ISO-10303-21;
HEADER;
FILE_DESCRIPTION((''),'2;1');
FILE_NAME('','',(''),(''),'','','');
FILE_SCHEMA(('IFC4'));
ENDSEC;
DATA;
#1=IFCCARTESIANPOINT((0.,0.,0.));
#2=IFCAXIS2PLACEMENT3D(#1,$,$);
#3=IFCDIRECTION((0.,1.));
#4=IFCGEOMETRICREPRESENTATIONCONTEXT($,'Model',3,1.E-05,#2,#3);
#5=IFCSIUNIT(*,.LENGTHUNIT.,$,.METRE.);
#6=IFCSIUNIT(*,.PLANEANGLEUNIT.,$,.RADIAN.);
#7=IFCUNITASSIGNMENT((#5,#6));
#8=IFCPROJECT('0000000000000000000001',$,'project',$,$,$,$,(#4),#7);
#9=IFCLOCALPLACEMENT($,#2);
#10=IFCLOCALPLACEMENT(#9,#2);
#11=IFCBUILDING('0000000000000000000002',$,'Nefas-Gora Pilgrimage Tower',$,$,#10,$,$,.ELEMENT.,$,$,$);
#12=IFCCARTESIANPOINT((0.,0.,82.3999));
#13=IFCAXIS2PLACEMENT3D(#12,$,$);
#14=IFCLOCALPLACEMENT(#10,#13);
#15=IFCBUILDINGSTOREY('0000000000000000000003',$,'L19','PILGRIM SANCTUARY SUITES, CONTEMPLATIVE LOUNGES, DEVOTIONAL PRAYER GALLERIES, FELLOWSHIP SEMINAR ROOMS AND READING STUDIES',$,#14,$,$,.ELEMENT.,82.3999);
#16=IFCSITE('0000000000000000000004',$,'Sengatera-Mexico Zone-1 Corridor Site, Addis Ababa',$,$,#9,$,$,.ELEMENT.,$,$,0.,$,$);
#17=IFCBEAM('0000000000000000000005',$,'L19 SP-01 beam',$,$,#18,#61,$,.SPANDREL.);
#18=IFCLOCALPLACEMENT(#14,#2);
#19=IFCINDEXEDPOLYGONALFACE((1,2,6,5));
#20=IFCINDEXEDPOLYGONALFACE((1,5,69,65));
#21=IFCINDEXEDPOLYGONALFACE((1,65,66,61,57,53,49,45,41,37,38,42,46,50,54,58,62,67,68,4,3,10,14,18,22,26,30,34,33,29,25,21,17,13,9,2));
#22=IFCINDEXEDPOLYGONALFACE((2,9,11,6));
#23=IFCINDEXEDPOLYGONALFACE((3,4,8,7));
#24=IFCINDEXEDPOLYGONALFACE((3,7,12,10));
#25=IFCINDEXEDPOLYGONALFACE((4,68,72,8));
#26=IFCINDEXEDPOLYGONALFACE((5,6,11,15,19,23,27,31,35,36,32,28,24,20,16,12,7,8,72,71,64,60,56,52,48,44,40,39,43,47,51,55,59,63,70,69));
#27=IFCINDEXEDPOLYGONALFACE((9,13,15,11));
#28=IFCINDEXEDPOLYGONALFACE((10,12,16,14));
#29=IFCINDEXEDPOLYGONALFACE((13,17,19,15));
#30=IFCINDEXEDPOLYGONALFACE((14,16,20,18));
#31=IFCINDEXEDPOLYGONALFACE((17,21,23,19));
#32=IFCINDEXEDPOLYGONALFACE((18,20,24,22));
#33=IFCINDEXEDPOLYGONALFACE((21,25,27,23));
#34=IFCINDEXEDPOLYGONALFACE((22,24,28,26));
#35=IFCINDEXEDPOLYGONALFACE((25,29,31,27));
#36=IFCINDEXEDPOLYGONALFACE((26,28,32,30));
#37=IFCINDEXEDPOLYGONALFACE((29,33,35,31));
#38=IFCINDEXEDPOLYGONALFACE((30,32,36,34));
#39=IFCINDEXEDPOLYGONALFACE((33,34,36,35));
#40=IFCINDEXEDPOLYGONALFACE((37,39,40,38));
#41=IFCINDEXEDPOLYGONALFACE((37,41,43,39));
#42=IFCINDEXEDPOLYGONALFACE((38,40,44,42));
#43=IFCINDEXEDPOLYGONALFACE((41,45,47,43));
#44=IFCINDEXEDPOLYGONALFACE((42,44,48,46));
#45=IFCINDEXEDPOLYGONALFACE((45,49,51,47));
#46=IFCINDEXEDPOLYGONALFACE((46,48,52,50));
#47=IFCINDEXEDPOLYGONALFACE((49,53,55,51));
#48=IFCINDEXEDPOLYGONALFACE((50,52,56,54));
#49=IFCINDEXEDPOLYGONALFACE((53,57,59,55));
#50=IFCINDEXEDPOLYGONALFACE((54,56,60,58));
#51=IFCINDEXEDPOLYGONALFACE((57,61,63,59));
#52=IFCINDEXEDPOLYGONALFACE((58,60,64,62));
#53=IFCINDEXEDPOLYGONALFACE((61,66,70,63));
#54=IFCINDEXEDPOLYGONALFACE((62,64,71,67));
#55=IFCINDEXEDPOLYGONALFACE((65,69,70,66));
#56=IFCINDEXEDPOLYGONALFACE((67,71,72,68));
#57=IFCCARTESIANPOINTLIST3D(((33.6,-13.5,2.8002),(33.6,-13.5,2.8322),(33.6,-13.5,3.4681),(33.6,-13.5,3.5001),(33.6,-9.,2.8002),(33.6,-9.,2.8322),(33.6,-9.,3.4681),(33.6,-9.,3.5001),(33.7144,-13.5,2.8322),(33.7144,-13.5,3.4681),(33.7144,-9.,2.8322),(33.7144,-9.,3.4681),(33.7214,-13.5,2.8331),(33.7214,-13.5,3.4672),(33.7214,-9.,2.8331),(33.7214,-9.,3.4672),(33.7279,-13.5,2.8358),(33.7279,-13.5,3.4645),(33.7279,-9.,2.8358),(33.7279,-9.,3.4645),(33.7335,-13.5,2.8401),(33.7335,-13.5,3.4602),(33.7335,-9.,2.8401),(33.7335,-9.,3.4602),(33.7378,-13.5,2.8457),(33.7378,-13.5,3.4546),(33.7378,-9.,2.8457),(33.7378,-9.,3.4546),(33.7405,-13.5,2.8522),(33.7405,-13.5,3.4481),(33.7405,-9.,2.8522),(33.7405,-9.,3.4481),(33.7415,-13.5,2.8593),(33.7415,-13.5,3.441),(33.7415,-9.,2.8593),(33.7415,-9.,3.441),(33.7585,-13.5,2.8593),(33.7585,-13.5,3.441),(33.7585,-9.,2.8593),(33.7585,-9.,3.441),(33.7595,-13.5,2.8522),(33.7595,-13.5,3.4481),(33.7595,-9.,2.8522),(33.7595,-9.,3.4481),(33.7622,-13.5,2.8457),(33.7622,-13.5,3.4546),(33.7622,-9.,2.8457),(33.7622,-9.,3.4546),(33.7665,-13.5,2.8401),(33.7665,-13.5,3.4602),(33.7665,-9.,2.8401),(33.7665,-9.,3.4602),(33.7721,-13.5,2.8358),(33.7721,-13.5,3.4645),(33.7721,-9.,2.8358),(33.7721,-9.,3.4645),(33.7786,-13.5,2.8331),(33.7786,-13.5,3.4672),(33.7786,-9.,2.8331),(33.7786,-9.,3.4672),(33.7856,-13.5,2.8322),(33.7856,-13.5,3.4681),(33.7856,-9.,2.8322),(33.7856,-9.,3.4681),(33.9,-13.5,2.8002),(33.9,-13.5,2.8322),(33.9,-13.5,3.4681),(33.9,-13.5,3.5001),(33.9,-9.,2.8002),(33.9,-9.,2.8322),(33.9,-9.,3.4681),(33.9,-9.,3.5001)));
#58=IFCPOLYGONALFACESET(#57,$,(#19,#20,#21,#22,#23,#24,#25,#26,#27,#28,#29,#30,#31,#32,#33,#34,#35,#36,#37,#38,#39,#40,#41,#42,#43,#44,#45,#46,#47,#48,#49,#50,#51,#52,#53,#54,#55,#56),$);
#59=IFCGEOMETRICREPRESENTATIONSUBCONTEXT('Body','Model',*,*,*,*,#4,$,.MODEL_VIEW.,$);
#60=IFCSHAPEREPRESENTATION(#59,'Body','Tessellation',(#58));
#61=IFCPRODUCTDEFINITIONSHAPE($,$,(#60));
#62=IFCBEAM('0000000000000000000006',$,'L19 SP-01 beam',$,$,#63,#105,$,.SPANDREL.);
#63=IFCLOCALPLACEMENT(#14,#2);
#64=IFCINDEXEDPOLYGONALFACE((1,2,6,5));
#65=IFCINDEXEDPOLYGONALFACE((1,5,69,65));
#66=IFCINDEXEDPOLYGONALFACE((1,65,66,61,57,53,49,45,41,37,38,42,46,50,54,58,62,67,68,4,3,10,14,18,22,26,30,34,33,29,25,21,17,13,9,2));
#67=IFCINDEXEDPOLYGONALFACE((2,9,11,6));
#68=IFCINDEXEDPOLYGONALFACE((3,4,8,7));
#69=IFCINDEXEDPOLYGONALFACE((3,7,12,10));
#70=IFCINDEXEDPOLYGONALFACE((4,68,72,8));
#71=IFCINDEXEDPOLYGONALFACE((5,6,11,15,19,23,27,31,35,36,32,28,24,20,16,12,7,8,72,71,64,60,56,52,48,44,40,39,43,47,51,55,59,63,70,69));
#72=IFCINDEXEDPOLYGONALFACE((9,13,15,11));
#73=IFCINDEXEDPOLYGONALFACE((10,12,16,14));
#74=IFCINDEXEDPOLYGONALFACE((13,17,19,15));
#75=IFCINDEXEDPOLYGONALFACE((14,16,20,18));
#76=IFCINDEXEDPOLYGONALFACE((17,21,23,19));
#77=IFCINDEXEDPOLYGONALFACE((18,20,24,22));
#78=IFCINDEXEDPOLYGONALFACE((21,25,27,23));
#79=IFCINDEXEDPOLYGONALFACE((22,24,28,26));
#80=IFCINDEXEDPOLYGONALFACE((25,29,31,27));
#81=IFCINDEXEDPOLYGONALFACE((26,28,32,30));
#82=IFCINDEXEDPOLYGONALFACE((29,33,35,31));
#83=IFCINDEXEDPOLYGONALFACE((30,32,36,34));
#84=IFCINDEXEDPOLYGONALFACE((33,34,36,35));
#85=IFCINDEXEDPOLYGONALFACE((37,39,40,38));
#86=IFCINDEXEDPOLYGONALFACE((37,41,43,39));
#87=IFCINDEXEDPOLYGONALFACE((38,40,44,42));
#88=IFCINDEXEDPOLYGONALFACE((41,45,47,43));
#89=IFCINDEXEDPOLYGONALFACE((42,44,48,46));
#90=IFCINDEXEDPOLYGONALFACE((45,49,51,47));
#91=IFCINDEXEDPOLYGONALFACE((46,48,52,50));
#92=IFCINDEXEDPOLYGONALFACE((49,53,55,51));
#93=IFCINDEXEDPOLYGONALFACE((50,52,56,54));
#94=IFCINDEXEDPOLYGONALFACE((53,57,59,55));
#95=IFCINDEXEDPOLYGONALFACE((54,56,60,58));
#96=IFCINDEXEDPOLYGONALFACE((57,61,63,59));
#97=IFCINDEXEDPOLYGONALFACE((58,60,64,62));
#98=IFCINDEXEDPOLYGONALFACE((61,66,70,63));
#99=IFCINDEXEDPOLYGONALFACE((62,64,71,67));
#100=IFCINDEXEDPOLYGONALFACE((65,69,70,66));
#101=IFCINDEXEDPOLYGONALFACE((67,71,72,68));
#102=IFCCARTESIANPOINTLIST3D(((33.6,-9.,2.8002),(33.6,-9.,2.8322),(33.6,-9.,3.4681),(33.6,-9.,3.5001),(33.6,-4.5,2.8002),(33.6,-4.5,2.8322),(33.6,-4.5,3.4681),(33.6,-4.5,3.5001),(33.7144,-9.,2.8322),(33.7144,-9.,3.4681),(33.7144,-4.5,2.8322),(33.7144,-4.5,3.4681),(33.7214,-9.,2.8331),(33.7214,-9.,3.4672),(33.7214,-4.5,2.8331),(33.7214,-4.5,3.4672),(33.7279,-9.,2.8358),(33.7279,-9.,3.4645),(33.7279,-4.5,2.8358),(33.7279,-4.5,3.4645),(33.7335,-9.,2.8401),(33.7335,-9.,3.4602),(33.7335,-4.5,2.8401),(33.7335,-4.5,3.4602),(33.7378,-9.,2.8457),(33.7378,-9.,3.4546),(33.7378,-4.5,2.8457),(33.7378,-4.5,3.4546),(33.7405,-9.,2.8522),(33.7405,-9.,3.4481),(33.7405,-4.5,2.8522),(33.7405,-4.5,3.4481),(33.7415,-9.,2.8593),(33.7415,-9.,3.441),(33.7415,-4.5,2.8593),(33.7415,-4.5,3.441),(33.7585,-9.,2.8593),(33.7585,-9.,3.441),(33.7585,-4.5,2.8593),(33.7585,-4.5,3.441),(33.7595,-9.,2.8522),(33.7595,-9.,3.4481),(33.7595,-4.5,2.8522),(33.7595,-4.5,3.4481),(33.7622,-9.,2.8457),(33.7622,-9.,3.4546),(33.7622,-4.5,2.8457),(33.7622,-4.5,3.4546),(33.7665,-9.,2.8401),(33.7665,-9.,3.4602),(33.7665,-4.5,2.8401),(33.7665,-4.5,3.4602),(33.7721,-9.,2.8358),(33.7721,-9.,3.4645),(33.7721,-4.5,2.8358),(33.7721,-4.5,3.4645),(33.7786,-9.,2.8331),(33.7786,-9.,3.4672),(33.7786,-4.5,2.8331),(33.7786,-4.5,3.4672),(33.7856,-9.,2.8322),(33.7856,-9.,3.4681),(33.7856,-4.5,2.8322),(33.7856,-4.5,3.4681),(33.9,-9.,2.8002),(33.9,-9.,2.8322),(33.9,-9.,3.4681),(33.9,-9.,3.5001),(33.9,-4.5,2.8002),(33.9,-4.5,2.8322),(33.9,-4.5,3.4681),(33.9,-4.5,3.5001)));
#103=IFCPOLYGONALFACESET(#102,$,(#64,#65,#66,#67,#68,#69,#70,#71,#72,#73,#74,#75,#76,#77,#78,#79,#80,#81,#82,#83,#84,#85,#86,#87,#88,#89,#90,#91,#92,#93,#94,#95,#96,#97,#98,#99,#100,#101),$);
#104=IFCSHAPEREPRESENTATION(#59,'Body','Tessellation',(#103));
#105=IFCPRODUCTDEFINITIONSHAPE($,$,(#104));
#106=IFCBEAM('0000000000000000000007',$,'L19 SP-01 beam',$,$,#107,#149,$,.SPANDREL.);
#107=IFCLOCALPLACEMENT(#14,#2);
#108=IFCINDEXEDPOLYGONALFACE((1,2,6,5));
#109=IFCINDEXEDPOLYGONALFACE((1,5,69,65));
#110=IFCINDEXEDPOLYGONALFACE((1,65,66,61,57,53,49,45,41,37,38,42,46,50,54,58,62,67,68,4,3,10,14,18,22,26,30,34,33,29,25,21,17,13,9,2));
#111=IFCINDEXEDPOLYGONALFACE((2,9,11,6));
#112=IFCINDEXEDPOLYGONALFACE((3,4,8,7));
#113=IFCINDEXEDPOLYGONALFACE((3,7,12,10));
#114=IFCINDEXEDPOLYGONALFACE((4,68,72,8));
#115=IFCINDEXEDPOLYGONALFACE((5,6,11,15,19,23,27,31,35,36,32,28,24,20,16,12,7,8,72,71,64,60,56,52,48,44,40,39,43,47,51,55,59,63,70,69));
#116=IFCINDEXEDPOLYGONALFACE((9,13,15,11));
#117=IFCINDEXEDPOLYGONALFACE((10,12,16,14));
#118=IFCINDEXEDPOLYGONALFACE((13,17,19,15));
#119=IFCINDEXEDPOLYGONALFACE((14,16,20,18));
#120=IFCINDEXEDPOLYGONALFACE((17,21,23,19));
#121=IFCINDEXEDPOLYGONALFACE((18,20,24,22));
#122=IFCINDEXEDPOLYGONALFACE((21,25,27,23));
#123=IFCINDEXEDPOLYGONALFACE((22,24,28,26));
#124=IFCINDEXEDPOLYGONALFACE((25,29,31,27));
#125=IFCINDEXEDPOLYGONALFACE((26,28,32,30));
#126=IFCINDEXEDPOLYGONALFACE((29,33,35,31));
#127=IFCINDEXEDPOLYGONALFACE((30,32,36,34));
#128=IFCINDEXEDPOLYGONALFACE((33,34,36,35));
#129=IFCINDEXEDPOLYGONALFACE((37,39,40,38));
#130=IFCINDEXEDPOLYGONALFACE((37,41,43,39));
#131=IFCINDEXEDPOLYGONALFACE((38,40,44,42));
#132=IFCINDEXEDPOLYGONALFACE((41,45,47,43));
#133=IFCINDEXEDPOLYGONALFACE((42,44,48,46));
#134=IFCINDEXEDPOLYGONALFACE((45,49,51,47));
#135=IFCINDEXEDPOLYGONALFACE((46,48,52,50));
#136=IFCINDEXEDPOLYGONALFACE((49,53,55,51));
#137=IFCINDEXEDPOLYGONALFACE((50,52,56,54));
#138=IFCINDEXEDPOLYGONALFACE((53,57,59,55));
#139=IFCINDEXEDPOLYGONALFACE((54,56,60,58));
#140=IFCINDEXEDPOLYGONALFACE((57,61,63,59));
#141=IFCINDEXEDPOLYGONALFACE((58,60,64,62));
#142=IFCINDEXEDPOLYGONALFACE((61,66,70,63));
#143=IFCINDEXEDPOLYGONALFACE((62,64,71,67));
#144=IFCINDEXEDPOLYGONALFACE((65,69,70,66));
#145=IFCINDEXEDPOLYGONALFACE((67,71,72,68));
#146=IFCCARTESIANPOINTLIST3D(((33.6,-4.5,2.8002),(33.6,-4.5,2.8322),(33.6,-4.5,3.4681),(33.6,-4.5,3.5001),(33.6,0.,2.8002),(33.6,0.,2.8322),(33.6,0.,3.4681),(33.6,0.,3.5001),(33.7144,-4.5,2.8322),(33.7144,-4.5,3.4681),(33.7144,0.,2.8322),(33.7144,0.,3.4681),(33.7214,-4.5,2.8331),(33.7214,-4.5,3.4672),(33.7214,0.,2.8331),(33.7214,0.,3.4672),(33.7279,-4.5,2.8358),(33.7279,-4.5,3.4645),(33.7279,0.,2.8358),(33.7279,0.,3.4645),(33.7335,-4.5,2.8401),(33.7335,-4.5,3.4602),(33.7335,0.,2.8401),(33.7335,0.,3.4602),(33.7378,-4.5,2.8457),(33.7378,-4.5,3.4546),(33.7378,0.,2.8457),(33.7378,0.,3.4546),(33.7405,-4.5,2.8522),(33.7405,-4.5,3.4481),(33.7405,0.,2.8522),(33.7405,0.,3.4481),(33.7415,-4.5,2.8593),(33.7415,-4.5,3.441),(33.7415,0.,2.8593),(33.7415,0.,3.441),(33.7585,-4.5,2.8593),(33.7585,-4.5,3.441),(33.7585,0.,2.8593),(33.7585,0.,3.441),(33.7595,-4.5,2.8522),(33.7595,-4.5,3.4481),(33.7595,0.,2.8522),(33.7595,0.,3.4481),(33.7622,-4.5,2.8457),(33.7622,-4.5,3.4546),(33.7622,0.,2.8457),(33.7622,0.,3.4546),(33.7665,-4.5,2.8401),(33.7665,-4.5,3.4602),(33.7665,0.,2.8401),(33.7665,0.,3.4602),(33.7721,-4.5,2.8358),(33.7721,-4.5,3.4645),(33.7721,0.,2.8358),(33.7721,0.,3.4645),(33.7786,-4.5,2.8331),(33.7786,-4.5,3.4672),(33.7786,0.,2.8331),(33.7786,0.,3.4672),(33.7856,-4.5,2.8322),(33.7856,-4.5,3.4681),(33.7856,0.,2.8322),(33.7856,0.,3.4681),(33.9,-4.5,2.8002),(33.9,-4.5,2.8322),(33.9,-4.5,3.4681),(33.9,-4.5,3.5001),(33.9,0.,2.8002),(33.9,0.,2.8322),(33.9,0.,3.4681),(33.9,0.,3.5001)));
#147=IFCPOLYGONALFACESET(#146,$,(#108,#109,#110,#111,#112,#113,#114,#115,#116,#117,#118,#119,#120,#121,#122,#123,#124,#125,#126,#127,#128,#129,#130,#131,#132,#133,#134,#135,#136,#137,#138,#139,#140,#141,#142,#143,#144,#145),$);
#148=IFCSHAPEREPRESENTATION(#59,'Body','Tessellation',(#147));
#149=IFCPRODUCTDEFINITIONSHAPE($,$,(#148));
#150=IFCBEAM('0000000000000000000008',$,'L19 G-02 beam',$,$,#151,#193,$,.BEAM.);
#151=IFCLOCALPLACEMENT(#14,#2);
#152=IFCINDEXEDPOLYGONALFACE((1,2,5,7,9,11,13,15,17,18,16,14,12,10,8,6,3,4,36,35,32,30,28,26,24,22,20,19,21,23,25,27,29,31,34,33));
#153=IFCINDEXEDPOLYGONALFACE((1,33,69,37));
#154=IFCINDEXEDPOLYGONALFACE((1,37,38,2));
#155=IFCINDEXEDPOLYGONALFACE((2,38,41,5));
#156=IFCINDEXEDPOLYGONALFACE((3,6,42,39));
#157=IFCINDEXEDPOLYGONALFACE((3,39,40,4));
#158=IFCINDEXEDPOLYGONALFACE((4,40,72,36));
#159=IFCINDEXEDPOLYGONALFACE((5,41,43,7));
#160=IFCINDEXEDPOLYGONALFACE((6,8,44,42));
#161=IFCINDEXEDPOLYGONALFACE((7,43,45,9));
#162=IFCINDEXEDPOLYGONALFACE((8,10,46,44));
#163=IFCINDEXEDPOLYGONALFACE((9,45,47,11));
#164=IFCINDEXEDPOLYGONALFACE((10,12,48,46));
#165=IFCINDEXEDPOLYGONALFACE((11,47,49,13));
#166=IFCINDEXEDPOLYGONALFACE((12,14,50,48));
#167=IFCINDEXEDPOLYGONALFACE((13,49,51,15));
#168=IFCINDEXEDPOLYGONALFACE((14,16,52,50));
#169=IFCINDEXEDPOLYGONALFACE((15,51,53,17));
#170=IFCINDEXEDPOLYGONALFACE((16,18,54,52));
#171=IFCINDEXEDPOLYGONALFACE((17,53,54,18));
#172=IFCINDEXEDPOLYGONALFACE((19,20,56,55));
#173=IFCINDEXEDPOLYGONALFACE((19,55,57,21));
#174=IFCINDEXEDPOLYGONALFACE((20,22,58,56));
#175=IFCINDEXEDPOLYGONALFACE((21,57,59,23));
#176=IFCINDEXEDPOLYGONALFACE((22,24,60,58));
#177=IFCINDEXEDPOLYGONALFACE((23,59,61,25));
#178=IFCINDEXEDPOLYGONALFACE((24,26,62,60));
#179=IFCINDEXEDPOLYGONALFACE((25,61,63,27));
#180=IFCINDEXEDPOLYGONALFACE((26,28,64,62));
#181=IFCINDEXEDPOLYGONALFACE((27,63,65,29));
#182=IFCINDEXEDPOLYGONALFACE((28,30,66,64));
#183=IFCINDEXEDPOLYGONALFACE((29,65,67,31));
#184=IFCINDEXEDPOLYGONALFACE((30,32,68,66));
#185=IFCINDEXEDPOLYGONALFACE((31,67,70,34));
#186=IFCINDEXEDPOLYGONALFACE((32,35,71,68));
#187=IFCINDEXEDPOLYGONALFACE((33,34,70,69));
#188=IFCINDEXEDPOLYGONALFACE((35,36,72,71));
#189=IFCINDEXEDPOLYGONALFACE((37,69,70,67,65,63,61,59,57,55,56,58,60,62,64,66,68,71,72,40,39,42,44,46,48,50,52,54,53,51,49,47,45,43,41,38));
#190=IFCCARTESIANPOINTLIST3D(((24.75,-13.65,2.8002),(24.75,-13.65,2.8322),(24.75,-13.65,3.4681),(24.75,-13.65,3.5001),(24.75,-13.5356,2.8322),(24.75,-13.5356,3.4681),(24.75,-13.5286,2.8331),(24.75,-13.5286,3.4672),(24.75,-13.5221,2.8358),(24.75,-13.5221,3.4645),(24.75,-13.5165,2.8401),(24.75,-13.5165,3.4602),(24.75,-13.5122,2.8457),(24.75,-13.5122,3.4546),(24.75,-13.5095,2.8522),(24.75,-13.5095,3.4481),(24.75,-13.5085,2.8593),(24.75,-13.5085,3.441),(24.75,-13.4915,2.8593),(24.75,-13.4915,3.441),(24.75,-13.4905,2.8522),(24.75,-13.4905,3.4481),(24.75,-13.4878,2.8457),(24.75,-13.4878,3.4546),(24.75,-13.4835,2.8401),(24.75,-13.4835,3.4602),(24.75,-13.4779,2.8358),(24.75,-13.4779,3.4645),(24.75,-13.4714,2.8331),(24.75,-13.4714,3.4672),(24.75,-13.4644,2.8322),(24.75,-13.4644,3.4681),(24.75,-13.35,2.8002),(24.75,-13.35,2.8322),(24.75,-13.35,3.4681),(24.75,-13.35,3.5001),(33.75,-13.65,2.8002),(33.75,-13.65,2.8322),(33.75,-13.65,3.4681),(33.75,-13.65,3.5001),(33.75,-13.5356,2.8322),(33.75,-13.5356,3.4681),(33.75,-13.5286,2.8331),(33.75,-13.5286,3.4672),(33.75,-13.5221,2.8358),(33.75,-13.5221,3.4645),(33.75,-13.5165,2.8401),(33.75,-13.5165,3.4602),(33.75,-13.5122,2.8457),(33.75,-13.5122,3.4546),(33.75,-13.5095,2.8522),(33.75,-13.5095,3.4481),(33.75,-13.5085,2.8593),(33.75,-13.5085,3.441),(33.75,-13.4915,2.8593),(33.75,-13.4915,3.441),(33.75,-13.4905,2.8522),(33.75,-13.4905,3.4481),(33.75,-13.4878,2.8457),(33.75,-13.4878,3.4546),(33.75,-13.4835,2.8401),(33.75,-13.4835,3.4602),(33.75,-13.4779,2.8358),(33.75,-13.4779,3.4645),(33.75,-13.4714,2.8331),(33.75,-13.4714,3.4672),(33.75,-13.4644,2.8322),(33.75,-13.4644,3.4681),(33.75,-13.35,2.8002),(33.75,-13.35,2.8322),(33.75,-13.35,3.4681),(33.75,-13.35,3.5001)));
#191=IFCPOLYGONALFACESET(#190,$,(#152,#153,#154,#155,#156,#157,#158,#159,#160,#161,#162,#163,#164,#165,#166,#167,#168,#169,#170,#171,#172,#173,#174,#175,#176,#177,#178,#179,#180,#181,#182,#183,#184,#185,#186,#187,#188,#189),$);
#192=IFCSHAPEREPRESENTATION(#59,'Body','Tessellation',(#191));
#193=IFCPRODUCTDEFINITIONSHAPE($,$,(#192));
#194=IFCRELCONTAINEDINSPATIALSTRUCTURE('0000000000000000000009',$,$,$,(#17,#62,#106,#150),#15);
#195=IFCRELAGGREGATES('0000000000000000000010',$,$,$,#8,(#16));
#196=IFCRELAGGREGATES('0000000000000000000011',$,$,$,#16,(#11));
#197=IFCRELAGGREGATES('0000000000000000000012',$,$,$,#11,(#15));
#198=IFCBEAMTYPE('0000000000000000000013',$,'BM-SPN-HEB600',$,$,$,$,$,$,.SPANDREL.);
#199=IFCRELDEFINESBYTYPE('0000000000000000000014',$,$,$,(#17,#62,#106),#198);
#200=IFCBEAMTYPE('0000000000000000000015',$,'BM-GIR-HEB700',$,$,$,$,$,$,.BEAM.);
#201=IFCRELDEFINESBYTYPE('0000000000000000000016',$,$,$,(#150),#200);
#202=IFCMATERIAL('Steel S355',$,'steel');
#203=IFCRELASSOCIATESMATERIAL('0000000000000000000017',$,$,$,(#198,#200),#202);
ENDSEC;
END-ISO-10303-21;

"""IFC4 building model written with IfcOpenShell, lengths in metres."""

from ifc_helpers import new_model, si_unit, direction, frame, origin, origin_2d, place, context, subcontext, project, spatial, i_section, extrude, source, transform, mapped, material, material_profile, profile_set, type_object, element, save


model = new_model("IFC4")

# Units and contexts
model_context = context("Model", 3, precision=1e-05, world=origin(), true_north=direction((0.0, 1.0)))
body_context = subcontext(model_context, "Body", "Model", "MODEL_VIEW")
ifc_project = project(units=[si_unit("LENGTHUNIT", "METRE"), si_unit("PLANEANGLEUNIT", "RADIAN")], contexts=[model_context])

# Site, building, storey
site_placement = place(None, origin())
site = spatial("IfcSite", under=ifc_project, at=site_placement, Name="Sengatera-Mexico Zone-1 Corridor Site, Addis Ababa", CompositionType="ELEMENT", RefElevation=0.0)
building_placement = place(site_placement, origin())
building = spatial("IfcBuilding", under=site, at=building_placement, Name="Nefas-Gora Pilgrimage Tower", CompositionType="ELEMENT")
storey_placement = place(building_placement, frame((0.0, 0.0, 82.3999)))
storey = spatial("IfcBuildingStorey", under=building, at=storey_placement, Name="L19", Description="PILGRIM SANCTUARY SUITES, CONTEMPLATIVE LOUNGES, DEVOTIONAL PRAYER GALLERIES, FELLOWSHIP SEMINAR ROOMS AND READING STUDIES", CompositionType="ELEMENT", Elevation=82.3999)

# Beams
ifc_material_1 = material(Name="Steel S355", Category="steel")
ifc_material_profile_1 = material_profile(ifc_material_1, i_section(OverallWidth=0.3, OverallDepth=0.7, WebThickness=0.0171, FlangeThickness=0.032, FilletRadius=0.0271, at=origin_2d()), Name="HEB 700")
ifc_profile_set_1 = profile_set([ifc_material_profile_1], Name="Steel S355")
beam_type_1 = type_object("IfcBeamType", Name="BM-SPN-HEB600", PredefinedType="SPANDREL", material=ifc_profile_set_1)
shared_shape_1 = source(origin(), body_context, "Body", "SweptSolid", [
    extrude(i_section(OverallWidth=0.3, OverallDepth=0.7, WebThickness=0.0171, FlangeThickness=0.032, FilletRadius=0.0271, at=origin_2d()), origin(), (0.0, 0.0, 1.0), 4.5),
])
for number, where, z_axis, x_axis, name in (
    (1, (33.75, -13.5, 3.1501), (0.0, 1.0, 0.0), (-1.0, 0.0, 0.0), "L19 SP-01 beam"),
    (2, (33.75, -9.0, 3.1501), (0.0, 1.0, 0.0), (-1.0, 0.0, 0.0), "L19 SP-01 beam"),
    (3, (33.75, -4.5, 3.1501), (0.0, 1.0, 0.0), (-1.0, 0.0, 0.0), "L19 SP-01 beam"),
):
    element("IfcBeam", number, at=place(storey_placement, frame(where, z_axis=z_axis, x_axis=x_axis)), inside=storey, type_object=beam_type_1, Name=name, PredefinedType="SPANDREL", context=body_context, shape_type="MappedRepresentation", body=[
        mapped(shared_shape_1, transform((0.0, 0.0, 0.0), x_axis=(1.0, 0.0, 0.0), y_axis=(0.0, 1.0, 0.0), z_axis=(0.0, 0.0, 1.0), scale=1.0)),
    ])
ifc_material_profile_2 = material_profile(ifc_material_1, i_section(OverallWidth=0.3, OverallDepth=0.7, WebThickness=0.0171, FlangeThickness=0.032, FilletRadius=0.0271, at=origin_2d()), Name="HEB 700")
ifc_profile_set_2 = profile_set([ifc_material_profile_2], Name="Steel S355")
beam_type_2 = type_object("IfcBeamType", Name="BM-GIR-HEB700", PredefinedType="BEAM", material=ifc_profile_set_2)
shared_shape_2 = source(origin(), body_context, "Body", "SweptSolid", [
    extrude(i_section(OverallWidth=0.3, OverallDepth=0.7, WebThickness=0.0171, FlangeThickness=0.032, FilletRadius=0.0271, at=origin_2d()), origin(), (0.0, 0.0, 1.0), 9.0),
])
for number, where, z_axis, x_axis, name in (
    (4, (24.75, -13.5, 3.1501), (1.0, 0.0, 0.0), (0.0, 1.0, 0.0), "L19 G-02 beam"),
):
    element("IfcBeam", number, at=place(storey_placement, frame(where, z_axis=z_axis, x_axis=x_axis)), inside=storey, type_object=beam_type_2, Name=name, PredefinedType="BEAM", context=body_context, shape_type="MappedRepresentation", body=[
        mapped(shared_shape_2, transform((0.0, 0.0, 0.0), x_axis=(1.0, 0.0, 0.0), y_axis=(0.0, 1.0, 0.0), z_axis=(0.0, 0.0, 1.0), scale=1.0)),
    ])

save(model, "model.ifc")
